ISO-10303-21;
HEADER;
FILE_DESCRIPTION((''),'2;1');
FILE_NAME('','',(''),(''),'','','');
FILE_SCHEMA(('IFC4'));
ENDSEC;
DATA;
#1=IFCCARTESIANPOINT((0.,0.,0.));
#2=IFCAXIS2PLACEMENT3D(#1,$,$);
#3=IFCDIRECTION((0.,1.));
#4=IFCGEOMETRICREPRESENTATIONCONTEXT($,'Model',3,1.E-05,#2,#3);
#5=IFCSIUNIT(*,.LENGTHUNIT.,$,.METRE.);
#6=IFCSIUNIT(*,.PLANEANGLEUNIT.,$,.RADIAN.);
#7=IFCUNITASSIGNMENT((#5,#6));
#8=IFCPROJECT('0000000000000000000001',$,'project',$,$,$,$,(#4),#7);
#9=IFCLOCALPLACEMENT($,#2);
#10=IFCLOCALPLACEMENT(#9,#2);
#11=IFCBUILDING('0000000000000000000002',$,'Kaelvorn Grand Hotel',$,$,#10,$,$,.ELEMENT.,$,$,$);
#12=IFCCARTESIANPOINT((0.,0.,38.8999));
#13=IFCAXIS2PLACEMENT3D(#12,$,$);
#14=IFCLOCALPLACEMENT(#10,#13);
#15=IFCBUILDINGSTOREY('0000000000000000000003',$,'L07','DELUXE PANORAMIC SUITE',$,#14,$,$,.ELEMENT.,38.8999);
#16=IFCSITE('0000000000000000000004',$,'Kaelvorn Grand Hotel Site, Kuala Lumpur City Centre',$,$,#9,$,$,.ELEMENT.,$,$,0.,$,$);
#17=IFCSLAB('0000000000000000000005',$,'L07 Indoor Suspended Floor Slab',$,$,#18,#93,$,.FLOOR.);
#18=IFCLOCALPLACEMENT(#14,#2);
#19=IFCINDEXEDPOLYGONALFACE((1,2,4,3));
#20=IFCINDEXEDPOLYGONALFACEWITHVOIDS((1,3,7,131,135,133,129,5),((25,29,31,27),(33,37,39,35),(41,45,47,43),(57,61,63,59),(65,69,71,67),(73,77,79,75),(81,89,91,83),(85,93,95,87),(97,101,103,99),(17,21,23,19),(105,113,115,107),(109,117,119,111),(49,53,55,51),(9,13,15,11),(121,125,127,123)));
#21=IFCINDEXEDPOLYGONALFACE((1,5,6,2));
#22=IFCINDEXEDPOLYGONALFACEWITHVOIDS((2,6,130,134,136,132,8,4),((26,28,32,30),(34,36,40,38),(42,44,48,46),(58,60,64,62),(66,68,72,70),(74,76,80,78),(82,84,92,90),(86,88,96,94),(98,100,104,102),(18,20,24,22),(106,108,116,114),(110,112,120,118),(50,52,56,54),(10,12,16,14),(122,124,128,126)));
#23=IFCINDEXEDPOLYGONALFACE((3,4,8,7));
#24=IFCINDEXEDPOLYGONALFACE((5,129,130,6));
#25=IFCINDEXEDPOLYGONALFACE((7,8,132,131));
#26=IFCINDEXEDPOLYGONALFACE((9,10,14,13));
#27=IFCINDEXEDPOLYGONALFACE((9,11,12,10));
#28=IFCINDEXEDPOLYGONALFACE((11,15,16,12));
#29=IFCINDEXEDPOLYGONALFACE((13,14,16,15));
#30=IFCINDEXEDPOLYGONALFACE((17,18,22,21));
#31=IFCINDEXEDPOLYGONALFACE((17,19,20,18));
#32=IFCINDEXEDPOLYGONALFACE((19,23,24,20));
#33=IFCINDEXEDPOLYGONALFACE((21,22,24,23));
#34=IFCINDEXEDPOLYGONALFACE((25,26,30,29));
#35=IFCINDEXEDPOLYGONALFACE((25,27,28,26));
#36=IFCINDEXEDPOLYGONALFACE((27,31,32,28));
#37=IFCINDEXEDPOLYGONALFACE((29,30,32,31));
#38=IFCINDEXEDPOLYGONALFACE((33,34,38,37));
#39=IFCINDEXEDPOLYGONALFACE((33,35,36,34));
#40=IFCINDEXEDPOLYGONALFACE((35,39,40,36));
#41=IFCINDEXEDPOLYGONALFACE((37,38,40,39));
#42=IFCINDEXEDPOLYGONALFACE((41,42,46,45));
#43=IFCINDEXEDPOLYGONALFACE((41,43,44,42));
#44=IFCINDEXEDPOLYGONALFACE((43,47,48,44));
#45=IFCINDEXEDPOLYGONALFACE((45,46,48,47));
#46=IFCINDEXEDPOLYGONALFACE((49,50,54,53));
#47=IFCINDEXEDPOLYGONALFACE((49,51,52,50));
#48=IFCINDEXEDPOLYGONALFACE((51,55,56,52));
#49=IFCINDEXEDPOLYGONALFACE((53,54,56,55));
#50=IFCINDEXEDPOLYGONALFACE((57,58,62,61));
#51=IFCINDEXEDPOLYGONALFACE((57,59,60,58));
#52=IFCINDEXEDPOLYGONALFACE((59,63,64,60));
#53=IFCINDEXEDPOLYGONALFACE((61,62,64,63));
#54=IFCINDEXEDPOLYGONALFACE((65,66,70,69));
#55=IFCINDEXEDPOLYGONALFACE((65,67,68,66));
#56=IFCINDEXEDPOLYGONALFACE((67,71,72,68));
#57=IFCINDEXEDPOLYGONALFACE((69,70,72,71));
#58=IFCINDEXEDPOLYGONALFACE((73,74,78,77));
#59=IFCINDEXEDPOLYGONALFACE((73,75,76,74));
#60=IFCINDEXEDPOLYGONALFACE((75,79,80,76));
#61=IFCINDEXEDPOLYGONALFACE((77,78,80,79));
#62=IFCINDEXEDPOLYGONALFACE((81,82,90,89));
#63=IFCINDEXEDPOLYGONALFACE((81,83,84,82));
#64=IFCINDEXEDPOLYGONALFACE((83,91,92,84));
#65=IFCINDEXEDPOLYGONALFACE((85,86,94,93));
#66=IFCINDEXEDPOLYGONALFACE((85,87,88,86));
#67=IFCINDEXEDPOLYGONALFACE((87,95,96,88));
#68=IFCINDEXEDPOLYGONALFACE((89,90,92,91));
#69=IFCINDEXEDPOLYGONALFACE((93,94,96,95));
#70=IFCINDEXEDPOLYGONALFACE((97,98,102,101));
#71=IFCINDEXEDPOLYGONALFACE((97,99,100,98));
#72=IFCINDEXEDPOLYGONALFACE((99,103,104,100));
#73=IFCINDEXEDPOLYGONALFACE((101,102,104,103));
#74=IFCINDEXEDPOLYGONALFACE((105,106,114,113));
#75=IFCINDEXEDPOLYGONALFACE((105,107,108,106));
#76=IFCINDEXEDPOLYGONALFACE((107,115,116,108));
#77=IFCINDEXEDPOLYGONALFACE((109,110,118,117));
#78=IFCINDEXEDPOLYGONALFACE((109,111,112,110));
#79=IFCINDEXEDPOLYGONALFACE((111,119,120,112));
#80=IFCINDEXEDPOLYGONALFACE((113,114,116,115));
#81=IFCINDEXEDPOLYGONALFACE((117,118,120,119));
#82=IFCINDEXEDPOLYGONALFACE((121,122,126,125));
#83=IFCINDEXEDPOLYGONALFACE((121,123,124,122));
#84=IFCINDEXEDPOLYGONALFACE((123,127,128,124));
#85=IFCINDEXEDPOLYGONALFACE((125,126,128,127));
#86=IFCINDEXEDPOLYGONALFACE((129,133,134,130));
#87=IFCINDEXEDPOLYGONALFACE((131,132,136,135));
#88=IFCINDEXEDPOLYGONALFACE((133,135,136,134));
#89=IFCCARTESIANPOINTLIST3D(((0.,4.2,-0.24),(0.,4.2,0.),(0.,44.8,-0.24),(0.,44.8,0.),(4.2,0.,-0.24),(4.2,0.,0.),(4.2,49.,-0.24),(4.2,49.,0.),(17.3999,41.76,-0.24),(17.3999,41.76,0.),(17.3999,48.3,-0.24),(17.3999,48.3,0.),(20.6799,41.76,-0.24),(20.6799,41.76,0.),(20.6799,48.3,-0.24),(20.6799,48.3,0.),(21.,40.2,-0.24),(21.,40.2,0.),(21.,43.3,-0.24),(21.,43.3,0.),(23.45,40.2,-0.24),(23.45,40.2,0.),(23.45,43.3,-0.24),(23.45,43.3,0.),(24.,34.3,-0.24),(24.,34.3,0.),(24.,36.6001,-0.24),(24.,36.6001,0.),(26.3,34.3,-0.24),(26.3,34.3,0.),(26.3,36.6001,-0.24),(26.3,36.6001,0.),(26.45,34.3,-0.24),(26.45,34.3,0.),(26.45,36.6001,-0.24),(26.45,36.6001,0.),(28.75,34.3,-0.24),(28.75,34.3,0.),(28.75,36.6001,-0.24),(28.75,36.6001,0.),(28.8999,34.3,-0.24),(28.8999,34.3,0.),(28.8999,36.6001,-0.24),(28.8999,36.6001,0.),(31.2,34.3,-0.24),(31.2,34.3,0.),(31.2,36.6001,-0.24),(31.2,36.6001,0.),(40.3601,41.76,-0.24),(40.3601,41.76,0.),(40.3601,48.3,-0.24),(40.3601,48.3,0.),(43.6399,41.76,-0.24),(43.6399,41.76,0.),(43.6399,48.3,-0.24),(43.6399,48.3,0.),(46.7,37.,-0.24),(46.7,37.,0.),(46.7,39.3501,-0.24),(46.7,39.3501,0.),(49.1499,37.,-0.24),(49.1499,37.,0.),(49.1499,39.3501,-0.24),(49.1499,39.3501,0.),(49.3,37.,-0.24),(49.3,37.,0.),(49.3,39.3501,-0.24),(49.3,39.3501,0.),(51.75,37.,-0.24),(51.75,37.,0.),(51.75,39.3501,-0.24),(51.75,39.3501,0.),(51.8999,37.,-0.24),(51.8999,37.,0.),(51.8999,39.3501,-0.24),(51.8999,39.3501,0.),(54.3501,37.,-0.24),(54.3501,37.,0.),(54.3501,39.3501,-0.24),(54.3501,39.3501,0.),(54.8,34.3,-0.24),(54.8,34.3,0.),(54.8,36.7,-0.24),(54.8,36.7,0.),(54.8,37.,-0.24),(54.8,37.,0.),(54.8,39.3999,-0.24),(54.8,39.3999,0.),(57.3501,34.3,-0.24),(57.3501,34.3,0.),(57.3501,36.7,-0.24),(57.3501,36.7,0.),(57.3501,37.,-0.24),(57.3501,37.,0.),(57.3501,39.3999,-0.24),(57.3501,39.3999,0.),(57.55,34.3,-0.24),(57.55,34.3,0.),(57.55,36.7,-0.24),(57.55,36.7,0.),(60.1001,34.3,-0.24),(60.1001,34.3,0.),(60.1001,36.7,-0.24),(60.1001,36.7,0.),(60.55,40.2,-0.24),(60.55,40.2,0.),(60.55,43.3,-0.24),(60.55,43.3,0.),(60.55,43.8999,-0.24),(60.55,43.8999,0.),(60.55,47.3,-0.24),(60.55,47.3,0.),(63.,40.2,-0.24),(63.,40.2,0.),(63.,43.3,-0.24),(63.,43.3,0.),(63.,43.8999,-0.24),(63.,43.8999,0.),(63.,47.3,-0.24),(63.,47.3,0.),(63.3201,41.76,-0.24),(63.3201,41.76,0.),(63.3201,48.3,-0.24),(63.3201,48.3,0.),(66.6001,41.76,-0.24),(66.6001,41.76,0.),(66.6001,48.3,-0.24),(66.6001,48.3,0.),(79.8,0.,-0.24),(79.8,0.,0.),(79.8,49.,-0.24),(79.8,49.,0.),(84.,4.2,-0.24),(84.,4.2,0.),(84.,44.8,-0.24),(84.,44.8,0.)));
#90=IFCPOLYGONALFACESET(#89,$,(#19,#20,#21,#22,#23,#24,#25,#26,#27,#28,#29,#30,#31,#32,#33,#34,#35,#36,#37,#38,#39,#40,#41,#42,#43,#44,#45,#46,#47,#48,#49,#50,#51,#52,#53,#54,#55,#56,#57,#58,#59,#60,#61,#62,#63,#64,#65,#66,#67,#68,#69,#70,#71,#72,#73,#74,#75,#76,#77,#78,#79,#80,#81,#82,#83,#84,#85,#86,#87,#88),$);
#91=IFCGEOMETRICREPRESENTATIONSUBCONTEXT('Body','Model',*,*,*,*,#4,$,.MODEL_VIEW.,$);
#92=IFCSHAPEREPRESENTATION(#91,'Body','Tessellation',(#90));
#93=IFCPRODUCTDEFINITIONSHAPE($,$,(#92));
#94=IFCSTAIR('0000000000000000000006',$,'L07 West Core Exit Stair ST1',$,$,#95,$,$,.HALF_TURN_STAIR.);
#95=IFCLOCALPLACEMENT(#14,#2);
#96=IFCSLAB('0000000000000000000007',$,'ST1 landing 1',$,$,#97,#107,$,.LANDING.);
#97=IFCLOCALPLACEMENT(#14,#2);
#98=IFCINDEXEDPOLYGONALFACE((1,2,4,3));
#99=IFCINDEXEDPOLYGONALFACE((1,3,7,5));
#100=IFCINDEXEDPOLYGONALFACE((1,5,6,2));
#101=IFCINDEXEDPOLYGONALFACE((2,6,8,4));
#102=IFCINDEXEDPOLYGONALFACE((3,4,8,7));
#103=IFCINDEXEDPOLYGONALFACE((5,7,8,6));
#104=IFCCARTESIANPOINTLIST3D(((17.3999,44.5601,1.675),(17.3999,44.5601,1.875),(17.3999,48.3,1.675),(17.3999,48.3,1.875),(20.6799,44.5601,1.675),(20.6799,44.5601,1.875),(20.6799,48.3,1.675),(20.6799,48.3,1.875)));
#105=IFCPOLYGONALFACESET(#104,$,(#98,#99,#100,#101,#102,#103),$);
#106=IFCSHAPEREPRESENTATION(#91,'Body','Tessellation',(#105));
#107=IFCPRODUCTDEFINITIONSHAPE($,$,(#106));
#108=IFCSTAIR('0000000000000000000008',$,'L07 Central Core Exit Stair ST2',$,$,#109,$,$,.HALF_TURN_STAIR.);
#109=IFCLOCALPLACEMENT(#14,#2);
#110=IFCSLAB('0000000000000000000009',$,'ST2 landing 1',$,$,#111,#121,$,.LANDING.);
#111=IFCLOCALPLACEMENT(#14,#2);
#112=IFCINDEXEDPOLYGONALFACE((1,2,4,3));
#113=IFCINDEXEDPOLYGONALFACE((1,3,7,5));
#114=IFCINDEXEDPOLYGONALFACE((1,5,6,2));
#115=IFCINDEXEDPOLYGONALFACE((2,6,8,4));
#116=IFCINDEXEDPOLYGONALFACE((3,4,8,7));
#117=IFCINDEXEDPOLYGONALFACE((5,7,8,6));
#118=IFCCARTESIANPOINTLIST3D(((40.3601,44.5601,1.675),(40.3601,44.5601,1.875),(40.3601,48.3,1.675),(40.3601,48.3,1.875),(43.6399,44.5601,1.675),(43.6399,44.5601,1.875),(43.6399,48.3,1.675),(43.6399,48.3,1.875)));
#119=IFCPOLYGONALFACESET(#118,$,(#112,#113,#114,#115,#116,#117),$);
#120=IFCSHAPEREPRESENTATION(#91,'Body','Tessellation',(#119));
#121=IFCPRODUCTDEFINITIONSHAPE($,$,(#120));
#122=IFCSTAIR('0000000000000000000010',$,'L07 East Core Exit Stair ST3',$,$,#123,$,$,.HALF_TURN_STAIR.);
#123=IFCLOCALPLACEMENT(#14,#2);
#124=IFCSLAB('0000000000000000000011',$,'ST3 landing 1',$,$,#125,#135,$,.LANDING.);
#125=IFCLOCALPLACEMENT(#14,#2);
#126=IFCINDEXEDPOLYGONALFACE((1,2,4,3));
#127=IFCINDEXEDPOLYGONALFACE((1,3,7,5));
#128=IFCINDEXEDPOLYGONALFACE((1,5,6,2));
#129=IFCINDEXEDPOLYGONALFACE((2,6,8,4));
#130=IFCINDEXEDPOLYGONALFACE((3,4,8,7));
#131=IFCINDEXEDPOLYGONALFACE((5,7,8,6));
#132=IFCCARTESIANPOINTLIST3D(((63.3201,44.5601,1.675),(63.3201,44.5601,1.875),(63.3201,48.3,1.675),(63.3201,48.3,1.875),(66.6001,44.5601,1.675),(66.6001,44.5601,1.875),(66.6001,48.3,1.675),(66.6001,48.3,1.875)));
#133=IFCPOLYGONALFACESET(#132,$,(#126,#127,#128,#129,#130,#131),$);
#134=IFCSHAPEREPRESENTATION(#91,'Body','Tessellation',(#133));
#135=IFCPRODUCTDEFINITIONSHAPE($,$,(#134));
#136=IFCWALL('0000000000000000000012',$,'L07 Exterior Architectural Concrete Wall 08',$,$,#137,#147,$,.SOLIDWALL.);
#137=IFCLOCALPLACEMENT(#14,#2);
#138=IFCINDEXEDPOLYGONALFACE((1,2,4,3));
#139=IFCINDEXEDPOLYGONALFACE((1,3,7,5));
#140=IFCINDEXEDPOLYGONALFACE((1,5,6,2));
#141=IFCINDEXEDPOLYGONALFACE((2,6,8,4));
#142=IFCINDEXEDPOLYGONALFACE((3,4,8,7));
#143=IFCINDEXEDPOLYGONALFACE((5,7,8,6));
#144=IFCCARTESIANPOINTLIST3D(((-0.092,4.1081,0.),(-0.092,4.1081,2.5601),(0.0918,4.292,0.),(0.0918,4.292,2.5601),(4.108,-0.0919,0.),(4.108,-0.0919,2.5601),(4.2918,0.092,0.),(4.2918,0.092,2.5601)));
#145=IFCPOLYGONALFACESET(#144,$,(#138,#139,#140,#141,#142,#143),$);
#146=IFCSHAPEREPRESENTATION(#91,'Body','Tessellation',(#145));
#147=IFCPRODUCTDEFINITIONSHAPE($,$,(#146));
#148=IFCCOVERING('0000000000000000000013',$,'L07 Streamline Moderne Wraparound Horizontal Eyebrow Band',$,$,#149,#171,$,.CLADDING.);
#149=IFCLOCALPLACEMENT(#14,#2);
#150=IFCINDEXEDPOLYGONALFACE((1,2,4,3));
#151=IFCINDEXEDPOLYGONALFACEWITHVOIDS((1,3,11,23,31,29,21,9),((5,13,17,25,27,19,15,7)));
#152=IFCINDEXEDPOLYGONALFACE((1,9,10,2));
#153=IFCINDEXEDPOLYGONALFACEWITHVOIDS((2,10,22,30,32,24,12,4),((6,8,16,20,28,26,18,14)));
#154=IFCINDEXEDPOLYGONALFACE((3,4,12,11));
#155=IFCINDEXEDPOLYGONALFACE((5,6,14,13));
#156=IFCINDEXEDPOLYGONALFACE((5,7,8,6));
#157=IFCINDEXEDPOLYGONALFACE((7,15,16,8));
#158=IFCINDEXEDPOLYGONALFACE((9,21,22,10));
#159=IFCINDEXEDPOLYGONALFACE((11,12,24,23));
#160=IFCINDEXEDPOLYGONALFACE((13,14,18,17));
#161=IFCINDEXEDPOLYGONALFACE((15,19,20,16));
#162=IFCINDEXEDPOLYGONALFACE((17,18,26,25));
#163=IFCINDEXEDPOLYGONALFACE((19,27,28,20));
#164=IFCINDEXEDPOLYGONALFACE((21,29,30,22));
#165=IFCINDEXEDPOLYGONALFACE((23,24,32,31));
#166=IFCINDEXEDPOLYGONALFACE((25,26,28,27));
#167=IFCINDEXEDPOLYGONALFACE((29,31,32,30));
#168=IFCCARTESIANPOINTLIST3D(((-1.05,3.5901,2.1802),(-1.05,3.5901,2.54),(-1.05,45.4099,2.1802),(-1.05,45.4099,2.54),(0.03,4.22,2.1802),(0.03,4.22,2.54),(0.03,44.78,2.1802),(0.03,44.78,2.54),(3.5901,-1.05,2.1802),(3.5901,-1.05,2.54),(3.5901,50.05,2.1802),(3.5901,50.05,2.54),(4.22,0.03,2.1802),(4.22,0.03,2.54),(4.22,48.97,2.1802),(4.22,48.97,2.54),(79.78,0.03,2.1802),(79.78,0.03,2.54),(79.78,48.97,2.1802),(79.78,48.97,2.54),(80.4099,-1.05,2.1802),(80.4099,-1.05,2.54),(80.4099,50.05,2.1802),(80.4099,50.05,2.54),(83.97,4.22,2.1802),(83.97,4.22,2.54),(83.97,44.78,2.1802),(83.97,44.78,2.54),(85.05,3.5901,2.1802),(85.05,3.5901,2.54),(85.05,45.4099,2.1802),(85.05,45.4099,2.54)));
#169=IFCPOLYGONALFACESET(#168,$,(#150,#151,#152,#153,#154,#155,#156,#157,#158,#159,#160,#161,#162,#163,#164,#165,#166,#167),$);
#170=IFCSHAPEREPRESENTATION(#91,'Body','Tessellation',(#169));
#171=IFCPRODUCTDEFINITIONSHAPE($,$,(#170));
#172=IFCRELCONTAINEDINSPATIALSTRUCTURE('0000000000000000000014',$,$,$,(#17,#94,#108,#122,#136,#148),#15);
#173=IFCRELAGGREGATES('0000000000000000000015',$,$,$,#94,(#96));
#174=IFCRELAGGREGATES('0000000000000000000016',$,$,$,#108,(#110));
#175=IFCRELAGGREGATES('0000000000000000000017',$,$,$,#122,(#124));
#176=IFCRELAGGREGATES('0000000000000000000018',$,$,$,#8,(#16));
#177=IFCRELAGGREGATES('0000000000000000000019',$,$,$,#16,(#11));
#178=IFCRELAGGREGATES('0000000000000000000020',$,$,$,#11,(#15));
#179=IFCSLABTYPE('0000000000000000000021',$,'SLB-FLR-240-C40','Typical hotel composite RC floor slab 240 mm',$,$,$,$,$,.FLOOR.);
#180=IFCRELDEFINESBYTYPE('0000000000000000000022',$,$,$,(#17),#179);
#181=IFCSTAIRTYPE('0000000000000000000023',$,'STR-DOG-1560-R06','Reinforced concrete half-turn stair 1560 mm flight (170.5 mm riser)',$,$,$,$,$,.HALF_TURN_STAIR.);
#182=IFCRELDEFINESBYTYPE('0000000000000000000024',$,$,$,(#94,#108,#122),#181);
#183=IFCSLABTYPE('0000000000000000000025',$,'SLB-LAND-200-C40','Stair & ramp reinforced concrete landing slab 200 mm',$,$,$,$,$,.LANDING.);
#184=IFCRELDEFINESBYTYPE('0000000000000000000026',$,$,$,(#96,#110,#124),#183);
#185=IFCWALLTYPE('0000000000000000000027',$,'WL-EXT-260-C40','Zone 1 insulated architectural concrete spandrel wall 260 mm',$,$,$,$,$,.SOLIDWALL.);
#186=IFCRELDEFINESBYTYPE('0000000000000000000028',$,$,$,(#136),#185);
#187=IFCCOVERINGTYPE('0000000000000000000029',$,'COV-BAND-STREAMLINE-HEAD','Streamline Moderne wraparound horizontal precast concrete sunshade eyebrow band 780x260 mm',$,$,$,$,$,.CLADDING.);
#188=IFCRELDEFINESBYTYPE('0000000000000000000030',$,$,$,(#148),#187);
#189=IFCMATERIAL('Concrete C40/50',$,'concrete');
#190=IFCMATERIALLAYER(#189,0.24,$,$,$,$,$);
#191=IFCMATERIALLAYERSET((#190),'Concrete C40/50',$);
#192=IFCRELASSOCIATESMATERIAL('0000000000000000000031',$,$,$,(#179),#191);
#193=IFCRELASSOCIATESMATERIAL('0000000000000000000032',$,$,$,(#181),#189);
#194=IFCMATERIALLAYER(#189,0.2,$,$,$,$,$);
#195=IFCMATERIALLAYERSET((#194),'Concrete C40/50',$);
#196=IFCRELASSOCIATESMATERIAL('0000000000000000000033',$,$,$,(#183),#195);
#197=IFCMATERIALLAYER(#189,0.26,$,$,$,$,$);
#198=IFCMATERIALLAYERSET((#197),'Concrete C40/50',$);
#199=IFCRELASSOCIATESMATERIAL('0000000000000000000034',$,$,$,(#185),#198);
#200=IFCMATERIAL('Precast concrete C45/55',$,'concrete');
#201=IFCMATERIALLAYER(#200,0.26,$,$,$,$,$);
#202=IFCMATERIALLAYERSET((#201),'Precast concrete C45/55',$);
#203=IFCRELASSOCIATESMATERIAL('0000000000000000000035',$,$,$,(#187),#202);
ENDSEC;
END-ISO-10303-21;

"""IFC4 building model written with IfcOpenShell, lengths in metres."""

from ifc_helpers import new_model, si_unit, direction, frame, frame_2d, origin, place, context, subcontext, project, spatial, polyline, rectangle, outline, extrude, material, layer, layer_set, type_object, element, aggregate, save


model = new_model("IFC4")

# Units and contexts
model_context = context("Model", 3, precision=1e-05, world=origin(), true_north=direction((0.0, 1.0)))
body_context = subcontext(model_context, "Body", "Model", "MODEL_VIEW")
ifc_project = project(units=[si_unit("LENGTHUNIT", "METRE"), si_unit("PLANEANGLEUNIT", "RADIAN")], contexts=[model_context])

# Site, building, storey
site_placement = place(None, origin())
site = spatial("IfcSite", under=ifc_project, at=site_placement, Name="Kaelvorn Grand Hotel Site, Kuala Lumpur City Centre", CompositionType="ELEMENT", RefElevation=0.0)
building_placement = place(site_placement, origin())
building = spatial("IfcBuilding", under=site, at=building_placement, Name="Kaelvorn Grand Hotel", CompositionType="ELEMENT")
storey_placement = place(building_placement, frame((0.0, 0.0, 38.8999)))
storey = spatial("IfcBuildingStorey", under=building, at=storey_placement, Name="L07", Description="DELUXE PANORAMIC SUITE", CompositionType="ELEMENT", Elevation=38.8999)

# Slab
ifc_material_1 = material(Name="Concrete C40/50", Category="concrete")
ifc_layer_1 = layer(ifc_material_1, 0.24)
ifc_layer_set_1 = layer_set([ifc_layer_1], Name="Concrete C40/50")
slab_type_1 = type_object("IfcSlabType", Name="SLB-FLR-240-C40", Description="Typical hotel composite RC floor slab 240 mm", PredefinedType="FLOOR", material=ifc_layer_set_1)
slab_1_placement = place(storey_placement, frame((0.0, 0.0, -0.24)))
element("IfcSlab", 1, at=slab_1_placement, inside=storey, type_object=slab_type_1, Name="L07 Indoor Suspended Floor Slab", PredefinedType="FLOOR", context=body_context, shape_type="SweptSolid", body=[
    extrude(outline(polyline([(4.2, 0.0), (79.8, 0.0), (84.0, 4.2), (84.0, 44.8), (79.8, 49.0), (4.2, 49.0), (0.0, 44.8), (0.0, 4.2), (4.2, 0.0)]), holes=[polyline([(17.3999, 41.76), (17.3999, 48.3), (20.6799, 48.3), (20.6799, 41.76), (17.3999, 41.76)]), polyline([(40.3601, 41.76), (40.3601, 48.3), (43.6399, 48.3), (43.6399, 41.76), (40.3601, 41.76)]), polyline([(63.3201, 41.76), (63.3201, 48.3), (66.6001, 48.3), (66.6001, 41.76), (63.3201, 41.76)]), polyline([(24.0, 34.3), (24.0, 36.6001), (26.3, 36.6001), (26.3, 34.3), (24.0, 34.3)]), polyline([(26.45, 34.3), (26.45, 36.6001), (28.75, 36.6001), (28.75, 34.3), (26.45, 34.3)]), polyline([(28.8999, 34.3), (28.8999, 36.6001), (31.2, 36.6001), (31.2, 34.3), (28.8999, 34.3)]), polyline([(46.7, 37.0), (46.7, 39.3501), (49.1499, 39.3501), (49.1499, 37.0), (46.7, 37.0)]), polyline([(49.3, 37.0), (49.3, 39.3501), (51.75, 39.3501), (51.75, 37.0), (49.3, 37.0)]), polyline([(51.8999, 37.0), (51.8999, 39.3501), (54.3501, 39.3501), (54.3501, 37.0), (51.8999, 37.0)]), polyline([(54.8, 34.3), (54.8, 36.7), (57.3501, 36.7), (57.3501, 34.3), (54.8, 34.3)]), polyline([(57.55, 34.3), (57.55, 36.7), (60.1001, 36.7), (60.1001, 34.3), (57.55, 34.3)]), polyline([(54.8, 37.0), (54.8, 39.3999), (57.3501, 39.3999), (57.3501, 37.0), (54.8, 37.0)]), polyline([(21.0, 40.2), (21.0, 43.3), (23.45, 43.3), (23.45, 40.2), (21.0, 40.2)]), polyline([(60.55, 40.2), (60.55, 43.3), (63.0, 43.3), (63.0, 40.2), (60.55, 40.2)]), polyline([(60.55, 43.8999), (60.55, 47.3), (63.0, 47.3), (63.0, 43.8999), (60.55, 43.8999)])]), origin(), (0.0, 0.0, 1.0), 0.24),
])

# Stairs, slabs
stair_type = type_object("IfcStairType", Name="STR-DOG-1560-R06", Description="Reinforced concrete half-turn stair 1560 mm flight (170.5 mm riser)", PredefinedType="HALF_TURN_STAIR", material=ifc_material_1)
stair_1_placement = place(storey_placement, origin())
stair_1 = element("IfcStair", 2, at=stair_1_placement, inside=storey, type_object=stair_type, Name="L07 West Core Exit Stair ST1", PredefinedType="HALF_TURN_STAIR")
ifc_layer_2 = layer(ifc_material_1, 0.2)
ifc_layer_set_2 = layer_set([ifc_layer_2], Name="Concrete C40/50")
slab_type_2 = type_object("IfcSlabType", Name="SLB-LAND-200-C40", Description="Stair & ramp reinforced concrete landing slab 200 mm", PredefinedType="LANDING", material=ifc_layer_set_2)
slab_2_placement = place(storey_placement, frame((0.0, 0.0, 1.675)))
slab_2 = element("IfcSlab", 3, at=slab_2_placement, type_object=slab_type_2, Name="ST1 landing 1", PredefinedType="LANDING", context=body_context, shape_type="SweptSolid", body=[
    extrude(outline(polyline([(20.6799, 44.5601), (20.6799, 48.3), (17.3999, 48.3), (17.3999, 44.5601), (20.6799, 44.5601)])), origin(), (0.0, 0.0, 1.0), 0.2),
])
aggregate(stair_1, [slab_2])
stair_2_placement = place(storey_placement, origin())
stair_2 = element("IfcStair", 4, at=stair_2_placement, inside=storey, type_object=stair_type, Name="L07 Central Core Exit Stair ST2", PredefinedType="HALF_TURN_STAIR")
slab_3_placement = place(storey_placement, frame((0.0, 0.0, 1.675)))
slab_3 = element("IfcSlab", 5, at=slab_3_placement, type_object=slab_type_2, Name="ST2 landing 1", PredefinedType="LANDING", context=body_context, shape_type="SweptSolid", body=[
    extrude(outline(polyline([(43.6399, 44.5601), (43.6399, 48.3), (40.3601, 48.3), (40.3601, 44.5601), (43.6399, 44.5601)])), origin(), (0.0, 0.0, 1.0), 0.2),
])
aggregate(stair_2, [slab_3])
stair_3_placement = place(storey_placement, origin())
stair_3 = element("IfcStair", 6, at=stair_3_placement, inside=storey, type_object=stair_type, Name="L07 East Core Exit Stair ST3", PredefinedType="HALF_TURN_STAIR")
slab_4_placement = place(storey_placement, frame((0.0, 0.0, 1.675)))
slab_4 = element("IfcSlab", 7, at=slab_4_placement, type_object=slab_type_2, Name="ST3 landing 1", PredefinedType="LANDING", context=body_context, shape_type="SweptSolid", body=[
    extrude(outline(polyline([(66.6001, 44.5601), (66.6001, 48.3), (63.3201, 48.3), (63.3201, 44.5601), (66.6001, 44.5601)])), origin(), (0.0, 0.0, 1.0), 0.2),
])
aggregate(stair_3, [slab_4])

# Wall
ifc_layer_3 = layer(ifc_material_1, 0.26)
ifc_layer_set_3 = layer_set([ifc_layer_3], Name="Concrete C40/50")
wall_type = type_object("IfcWallType", Name="WL-EXT-260-C40", Description="Zone 1 insulated architectural concrete spandrel wall 260 mm", PredefinedType="SOLIDWALL", material=ifc_layer_set_3)
wall_placement = place(storey_placement, frame((0.0, 4.2, 0.0), z_axis=(0.0, 0.0, 1.0), x_axis=(0.707107, -0.707107, 0.0)))
element("IfcWall", 8, at=wall_placement, inside=storey, type_object=wall_type, Name="L07 Exterior Architectural Concrete Wall 08", PredefinedType="SOLIDWALL", context=body_context, shape_type="SweptSolid", body=[
    extrude(rectangle(XDim=5.9397, YDim=0.26, at=frame_2d((2.9697, 0.0))), origin(), (0.0, 0.0, 1.0), 2.5601),
])

# Covering
ifc_material_2 = material(Name="Precast concrete C45/55", Category="concrete")
ifc_layer_4 = layer(ifc_material_2, 0.26)
ifc_layer_set_4 = layer_set([ifc_layer_4], Name="Precast concrete C45/55")
covering_type_1 = type_object("IfcCoveringType", Name="COV-BAND-STREAMLINE-HEAD", Description="Streamline Moderne wraparound horizontal precast concrete sunshade eyebrow band 780x260 mm", PredefinedType="CLADDING", material=ifc_layer_set_4)
covering_1_placement = place(storey_placement, frame((0.0, 0.0, 2.1802)))
element("IfcCovering", 9, at=covering_1_placement, inside=storey, type_object=covering_type_1, Name="L07 Streamline Moderne Wraparound Horizontal Eyebrow Band", PredefinedType="CLADDING", context=body_context, shape_type="SweptSolid", body=[
    extrude(outline(polyline([(3.5901, -1.05), (80.4099, -1.05), (85.05, 3.5901), (85.05, 45.4099), (80.4099, 50.05), (3.5901, 50.05), (-1.05, 45.4099), (-1.05, 3.5901), (3.5901, -1.05)]), holes=[polyline([(4.22, 0.03), (79.78, 0.03), (83.97, 4.22), (83.97, 44.78), (79.78, 48.97), (4.22, 48.97), (0.03, 44.78), (0.03, 4.22), (4.22, 0.03)])]), origin(), (0.0, 0.0, 1.0), 0.3599),
])

save(model, "model.ifc")
